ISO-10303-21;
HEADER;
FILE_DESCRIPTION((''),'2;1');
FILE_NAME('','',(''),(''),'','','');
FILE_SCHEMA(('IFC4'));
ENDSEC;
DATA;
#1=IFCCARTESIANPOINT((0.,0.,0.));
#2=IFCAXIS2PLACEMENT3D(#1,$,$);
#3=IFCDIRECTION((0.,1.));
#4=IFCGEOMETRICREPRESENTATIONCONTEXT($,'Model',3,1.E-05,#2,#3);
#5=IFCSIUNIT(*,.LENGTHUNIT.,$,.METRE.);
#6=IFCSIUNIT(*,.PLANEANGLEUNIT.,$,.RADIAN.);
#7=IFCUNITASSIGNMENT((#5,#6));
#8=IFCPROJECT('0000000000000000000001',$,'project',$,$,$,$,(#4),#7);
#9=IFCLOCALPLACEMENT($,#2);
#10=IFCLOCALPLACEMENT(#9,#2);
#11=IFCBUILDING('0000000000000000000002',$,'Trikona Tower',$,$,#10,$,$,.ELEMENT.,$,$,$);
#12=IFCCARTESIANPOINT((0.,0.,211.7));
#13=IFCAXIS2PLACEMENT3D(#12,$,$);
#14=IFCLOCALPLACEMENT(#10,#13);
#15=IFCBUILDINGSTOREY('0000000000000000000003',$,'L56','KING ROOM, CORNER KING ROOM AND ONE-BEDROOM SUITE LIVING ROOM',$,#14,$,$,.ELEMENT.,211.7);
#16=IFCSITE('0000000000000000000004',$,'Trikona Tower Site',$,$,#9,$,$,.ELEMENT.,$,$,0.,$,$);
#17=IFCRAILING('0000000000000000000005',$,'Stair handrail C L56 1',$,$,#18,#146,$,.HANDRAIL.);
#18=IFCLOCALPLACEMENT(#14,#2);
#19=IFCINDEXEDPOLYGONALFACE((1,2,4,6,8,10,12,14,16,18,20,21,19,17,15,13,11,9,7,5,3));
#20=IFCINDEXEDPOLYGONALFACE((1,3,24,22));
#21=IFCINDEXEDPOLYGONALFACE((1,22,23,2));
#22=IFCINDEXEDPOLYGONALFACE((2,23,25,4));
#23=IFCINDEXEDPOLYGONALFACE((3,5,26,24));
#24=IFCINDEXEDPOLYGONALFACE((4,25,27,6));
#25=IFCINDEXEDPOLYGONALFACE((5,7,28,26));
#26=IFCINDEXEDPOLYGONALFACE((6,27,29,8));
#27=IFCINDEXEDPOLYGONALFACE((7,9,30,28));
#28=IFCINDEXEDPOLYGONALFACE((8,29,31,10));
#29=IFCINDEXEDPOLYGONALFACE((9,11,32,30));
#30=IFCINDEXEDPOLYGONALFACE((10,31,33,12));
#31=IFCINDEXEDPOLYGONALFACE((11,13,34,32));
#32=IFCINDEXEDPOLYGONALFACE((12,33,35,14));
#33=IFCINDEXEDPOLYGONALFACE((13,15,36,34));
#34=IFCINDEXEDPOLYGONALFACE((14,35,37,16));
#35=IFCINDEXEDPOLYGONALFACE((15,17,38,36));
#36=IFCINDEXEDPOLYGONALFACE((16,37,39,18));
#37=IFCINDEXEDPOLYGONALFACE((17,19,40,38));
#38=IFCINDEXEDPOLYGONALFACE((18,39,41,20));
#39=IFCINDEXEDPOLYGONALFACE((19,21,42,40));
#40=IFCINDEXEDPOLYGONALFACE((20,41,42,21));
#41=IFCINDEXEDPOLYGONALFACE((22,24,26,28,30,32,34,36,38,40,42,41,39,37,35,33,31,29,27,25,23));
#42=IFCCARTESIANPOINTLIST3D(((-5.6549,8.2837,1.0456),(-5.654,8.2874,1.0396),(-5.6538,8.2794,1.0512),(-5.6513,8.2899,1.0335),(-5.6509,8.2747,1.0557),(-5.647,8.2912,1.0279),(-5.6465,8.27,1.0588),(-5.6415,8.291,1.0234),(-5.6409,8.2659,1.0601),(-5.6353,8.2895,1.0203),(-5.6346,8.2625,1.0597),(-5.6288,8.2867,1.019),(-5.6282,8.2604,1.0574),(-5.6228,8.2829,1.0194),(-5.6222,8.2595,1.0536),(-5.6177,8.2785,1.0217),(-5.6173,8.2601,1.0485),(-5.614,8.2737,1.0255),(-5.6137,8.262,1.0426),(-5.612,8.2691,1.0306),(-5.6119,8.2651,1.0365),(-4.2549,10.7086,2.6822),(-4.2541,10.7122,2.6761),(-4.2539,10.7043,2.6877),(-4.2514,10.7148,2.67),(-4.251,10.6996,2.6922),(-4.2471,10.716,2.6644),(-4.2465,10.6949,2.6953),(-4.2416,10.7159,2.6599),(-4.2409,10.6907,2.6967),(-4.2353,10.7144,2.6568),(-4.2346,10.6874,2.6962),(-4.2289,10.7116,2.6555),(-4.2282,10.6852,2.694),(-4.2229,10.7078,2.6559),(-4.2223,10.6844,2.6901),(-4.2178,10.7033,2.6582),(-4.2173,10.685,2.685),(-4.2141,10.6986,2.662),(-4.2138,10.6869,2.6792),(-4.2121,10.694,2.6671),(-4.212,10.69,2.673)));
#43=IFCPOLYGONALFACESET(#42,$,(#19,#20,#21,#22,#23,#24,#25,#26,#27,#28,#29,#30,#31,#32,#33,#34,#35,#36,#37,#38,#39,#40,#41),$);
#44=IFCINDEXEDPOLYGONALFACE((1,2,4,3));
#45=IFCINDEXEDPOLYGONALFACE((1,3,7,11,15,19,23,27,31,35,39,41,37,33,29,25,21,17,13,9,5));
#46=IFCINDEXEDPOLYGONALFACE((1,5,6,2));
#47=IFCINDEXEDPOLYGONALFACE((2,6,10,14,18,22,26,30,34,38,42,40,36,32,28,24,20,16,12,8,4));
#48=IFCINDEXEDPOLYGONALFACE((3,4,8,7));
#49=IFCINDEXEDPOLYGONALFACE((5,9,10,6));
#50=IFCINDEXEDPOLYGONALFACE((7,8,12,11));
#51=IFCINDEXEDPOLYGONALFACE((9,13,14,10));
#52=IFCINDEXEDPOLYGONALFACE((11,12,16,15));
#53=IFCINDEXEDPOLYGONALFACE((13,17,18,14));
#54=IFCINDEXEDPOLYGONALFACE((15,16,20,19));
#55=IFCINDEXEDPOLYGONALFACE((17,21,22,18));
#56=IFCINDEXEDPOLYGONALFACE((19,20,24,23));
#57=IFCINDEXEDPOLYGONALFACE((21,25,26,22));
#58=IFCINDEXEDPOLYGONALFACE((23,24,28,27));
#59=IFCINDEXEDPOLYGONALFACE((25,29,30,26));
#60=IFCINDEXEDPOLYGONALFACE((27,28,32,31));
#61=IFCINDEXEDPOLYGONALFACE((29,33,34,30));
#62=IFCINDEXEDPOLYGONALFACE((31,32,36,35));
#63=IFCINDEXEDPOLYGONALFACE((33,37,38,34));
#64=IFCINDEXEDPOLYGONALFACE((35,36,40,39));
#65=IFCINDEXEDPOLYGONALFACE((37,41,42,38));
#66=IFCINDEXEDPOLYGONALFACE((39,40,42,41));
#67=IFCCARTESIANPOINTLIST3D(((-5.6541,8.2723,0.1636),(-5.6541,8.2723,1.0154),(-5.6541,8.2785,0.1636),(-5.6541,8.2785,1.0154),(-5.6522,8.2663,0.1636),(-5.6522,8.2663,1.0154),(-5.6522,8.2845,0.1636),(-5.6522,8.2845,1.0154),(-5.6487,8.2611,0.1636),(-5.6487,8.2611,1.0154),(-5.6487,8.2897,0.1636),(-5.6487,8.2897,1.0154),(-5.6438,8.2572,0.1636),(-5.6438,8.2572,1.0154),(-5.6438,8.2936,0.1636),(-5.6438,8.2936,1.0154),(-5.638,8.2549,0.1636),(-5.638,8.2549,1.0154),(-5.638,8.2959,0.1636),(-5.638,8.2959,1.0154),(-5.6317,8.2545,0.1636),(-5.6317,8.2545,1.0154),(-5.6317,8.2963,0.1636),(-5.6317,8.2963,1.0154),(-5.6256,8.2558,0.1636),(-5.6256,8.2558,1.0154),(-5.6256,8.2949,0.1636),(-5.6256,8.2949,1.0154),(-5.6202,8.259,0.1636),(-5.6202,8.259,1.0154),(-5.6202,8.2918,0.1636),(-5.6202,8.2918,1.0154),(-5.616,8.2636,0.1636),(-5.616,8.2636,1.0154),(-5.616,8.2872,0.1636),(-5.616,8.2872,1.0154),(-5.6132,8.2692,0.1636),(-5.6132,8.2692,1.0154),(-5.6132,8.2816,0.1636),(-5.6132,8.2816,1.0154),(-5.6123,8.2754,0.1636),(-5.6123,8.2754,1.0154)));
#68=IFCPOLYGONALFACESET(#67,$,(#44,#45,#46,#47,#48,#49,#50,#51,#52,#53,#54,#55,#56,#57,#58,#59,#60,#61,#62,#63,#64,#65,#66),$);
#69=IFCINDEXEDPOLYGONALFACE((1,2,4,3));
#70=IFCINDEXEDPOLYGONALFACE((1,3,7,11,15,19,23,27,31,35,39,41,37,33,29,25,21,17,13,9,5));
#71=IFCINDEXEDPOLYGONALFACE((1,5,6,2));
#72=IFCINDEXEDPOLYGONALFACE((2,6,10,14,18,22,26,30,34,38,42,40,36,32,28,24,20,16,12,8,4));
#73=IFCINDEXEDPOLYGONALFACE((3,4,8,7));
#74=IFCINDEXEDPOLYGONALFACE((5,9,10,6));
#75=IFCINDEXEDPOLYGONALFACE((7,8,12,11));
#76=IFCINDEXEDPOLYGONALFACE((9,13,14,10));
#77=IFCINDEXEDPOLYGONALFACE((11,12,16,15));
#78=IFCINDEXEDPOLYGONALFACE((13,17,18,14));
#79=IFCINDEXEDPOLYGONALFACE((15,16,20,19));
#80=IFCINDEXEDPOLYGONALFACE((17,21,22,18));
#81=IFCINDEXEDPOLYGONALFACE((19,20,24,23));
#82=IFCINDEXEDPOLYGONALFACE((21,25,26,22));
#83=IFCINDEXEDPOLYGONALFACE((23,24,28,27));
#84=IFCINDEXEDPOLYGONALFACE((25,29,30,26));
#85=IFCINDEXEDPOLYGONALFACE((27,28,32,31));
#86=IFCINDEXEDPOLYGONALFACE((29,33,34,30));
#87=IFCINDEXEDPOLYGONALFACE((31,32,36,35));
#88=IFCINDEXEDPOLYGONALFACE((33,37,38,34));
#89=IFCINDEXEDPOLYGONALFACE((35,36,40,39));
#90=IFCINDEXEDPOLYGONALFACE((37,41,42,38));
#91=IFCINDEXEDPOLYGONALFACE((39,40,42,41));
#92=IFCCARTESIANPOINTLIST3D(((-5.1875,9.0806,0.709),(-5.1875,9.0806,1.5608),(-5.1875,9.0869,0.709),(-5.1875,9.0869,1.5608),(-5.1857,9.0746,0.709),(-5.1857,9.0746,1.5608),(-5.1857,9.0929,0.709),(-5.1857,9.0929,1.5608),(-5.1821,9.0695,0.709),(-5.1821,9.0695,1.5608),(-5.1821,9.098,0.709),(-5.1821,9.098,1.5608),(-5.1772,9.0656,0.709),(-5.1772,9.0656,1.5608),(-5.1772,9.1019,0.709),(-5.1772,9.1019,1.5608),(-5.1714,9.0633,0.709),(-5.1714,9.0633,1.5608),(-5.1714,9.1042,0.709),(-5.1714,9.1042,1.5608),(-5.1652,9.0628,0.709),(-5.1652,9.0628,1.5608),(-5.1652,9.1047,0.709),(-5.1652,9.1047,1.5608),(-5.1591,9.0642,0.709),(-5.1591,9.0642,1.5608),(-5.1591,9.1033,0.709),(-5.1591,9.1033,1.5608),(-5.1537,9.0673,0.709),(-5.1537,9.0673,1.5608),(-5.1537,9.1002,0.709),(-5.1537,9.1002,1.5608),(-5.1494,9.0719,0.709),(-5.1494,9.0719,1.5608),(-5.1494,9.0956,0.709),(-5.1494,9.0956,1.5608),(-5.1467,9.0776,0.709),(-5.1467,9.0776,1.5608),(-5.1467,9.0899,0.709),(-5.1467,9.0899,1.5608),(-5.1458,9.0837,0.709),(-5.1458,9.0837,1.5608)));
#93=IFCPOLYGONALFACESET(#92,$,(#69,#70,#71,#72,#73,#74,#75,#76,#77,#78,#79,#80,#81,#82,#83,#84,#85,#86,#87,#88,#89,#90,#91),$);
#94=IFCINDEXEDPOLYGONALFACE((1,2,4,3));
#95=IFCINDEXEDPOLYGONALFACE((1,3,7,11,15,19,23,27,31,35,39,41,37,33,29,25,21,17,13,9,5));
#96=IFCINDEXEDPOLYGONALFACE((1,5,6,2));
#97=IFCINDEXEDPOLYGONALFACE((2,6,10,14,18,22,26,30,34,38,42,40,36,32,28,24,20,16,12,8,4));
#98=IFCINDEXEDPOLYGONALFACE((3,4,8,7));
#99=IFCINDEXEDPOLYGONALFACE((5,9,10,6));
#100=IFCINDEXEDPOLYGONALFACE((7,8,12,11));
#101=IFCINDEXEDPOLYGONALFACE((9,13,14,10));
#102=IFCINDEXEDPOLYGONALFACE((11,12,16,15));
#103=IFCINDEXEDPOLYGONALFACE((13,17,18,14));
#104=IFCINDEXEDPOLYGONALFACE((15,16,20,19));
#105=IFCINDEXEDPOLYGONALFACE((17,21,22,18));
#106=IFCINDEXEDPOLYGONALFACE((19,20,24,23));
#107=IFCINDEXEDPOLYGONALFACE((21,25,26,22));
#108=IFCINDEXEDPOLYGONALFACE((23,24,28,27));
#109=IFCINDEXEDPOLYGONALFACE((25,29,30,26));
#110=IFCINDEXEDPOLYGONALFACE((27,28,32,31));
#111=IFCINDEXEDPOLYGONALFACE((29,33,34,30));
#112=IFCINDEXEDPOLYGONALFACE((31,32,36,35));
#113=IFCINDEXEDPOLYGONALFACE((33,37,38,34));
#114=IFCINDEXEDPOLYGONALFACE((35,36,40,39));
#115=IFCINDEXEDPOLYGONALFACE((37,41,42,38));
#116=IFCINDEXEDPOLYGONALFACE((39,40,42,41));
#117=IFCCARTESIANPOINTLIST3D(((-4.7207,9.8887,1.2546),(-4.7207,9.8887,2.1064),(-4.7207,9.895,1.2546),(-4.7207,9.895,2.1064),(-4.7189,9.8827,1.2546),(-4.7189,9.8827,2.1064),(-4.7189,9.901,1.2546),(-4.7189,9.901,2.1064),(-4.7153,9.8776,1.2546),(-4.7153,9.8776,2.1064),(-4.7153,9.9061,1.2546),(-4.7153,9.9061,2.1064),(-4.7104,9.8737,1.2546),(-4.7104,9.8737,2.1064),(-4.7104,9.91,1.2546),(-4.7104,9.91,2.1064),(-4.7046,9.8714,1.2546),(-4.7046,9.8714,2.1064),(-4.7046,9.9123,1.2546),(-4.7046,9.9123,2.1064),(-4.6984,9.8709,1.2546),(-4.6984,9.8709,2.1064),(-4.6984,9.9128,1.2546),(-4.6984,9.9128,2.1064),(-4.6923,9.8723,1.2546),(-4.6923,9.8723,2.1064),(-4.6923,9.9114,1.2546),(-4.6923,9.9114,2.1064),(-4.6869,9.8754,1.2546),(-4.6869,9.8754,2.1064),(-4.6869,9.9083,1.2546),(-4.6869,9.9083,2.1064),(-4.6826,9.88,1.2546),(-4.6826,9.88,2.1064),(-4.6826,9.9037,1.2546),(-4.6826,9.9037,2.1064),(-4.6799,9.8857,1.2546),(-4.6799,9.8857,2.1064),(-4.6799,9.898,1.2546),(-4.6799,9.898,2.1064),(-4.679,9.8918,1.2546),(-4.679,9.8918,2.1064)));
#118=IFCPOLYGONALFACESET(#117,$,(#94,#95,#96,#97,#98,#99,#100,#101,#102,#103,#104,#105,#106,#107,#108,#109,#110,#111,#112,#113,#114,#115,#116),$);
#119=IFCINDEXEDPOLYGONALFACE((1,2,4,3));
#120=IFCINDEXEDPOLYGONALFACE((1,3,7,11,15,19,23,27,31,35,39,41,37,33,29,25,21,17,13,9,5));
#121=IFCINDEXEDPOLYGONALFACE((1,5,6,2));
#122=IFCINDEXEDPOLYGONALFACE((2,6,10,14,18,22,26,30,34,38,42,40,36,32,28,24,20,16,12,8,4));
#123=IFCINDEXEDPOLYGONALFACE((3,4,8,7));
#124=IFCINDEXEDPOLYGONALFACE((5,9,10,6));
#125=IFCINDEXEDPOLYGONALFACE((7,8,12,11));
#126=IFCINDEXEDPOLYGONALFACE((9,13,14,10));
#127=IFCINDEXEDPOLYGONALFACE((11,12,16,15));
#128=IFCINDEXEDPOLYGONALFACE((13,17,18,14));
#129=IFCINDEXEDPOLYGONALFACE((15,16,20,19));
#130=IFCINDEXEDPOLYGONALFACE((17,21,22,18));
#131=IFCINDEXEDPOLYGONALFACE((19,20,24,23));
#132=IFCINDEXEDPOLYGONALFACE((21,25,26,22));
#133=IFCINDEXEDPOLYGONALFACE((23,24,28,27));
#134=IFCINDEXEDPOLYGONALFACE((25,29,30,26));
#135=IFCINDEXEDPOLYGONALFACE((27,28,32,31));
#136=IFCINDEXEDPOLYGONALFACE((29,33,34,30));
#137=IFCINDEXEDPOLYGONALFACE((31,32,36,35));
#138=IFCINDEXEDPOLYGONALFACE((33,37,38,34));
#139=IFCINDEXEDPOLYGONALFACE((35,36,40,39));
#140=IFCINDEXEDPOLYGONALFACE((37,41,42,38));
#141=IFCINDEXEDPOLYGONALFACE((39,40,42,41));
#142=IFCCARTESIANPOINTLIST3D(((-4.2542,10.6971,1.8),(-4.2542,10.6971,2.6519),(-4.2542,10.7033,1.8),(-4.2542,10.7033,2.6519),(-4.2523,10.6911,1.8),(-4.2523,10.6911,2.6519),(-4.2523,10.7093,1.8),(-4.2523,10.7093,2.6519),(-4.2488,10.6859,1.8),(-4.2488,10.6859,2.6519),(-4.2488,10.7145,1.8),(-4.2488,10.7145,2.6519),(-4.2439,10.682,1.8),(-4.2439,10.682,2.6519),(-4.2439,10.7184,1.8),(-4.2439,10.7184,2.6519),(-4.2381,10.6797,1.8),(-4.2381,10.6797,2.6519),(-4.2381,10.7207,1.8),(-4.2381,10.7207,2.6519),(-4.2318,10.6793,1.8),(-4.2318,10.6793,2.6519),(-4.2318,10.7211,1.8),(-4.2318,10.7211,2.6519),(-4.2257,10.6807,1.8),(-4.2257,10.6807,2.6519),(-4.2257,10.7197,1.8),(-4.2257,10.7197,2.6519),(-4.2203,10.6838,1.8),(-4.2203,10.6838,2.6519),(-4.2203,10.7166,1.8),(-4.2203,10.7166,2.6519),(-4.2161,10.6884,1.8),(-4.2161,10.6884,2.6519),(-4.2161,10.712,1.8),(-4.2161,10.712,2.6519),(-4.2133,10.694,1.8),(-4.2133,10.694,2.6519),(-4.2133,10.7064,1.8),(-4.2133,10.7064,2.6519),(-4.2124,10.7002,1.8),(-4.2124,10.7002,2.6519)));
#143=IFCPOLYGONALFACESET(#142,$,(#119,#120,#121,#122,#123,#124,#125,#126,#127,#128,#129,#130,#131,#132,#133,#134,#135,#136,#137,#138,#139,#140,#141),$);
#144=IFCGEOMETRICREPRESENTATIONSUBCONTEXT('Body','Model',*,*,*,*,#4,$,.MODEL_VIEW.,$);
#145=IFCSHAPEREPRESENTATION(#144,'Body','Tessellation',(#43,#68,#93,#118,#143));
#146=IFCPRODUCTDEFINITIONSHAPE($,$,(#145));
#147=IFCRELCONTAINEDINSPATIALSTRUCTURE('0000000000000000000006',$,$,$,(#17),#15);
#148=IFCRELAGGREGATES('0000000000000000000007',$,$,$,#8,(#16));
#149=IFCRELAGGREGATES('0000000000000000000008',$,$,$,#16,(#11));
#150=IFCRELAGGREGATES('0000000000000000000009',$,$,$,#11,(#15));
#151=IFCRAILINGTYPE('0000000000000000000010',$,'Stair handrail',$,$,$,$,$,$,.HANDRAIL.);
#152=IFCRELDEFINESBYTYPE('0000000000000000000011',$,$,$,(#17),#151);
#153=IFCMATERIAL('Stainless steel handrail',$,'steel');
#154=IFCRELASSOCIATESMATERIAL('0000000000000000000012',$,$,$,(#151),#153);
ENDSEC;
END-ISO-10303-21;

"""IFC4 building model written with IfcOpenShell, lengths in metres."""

from ifc_helpers import new_model, si_unit, direction, frame, origin, origin_2d, place, context, subcontext, project, spatial, circle, extrude, material, type_object, element, save


model = new_model("IFC4")

# Units and contexts
model_context = context("Model", 3, precision=1e-05, world=origin(), true_north=direction((0.0, 1.0)))
body_context = subcontext(model_context, "Body", "Model", "MODEL_VIEW")
ifc_project = project(units=[si_unit("LENGTHUNIT", "METRE"), si_unit("PLANEANGLEUNIT", "RADIAN")], contexts=[model_context])

# Site, building, storey
site_placement = place(None, origin())
site = spatial("IfcSite", under=ifc_project, at=site_placement, Name="Trikona Tower Site", CompositionType="ELEMENT", RefElevation=0.0)
building_placement = place(site_placement, origin())
building = spatial("IfcBuilding", under=site, at=building_placement, Name="Trikona Tower", CompositionType="ELEMENT")
storey_placement = place(building_placement, frame((0.0, 0.0, 211.7)))
storey = spatial("IfcBuildingStorey", under=building, at=storey_placement, Name="L56", Description="KING ROOM, CORNER KING ROOM AND ONE-BEDROOM SUITE LIVING ROOM", CompositionType="ELEMENT", Elevation=211.7)

# Railing
ifc_material_1 = material(Name="Stainless steel handrail", Category="steel")
railing_type = type_object("IfcRailingType", Name="Stair handrail", PredefinedType="HANDRAIL", material=ifc_material_1)
railing_1_placement = place(storey_placement, frame((-5.6333, 8.2754, 0.1636)))
element("IfcRailing", 1, at=railing_1_placement, inside=storey, type_object=railing_type, Name="Stair handrail C L56 1", PredefinedType="HANDRAIL", context=body_context, shape_type="SweptSolid", body=[
    extrude(circle(Radius=0.0239, at=origin_2d()), frame((0.0, 0.0, 0.876), z_axis=(0.431661, 0.74769, 0.504608), x_axis=(-0.866035, 0.499984, 0.0)), (0.0, 0.0, 1.0), 3.2432),
    extrude(circle(Radius=0.021, at=origin_2d()), origin(), (0.0, 0.0, 1.0), 0.8518),
    extrude(circle(Radius=0.021, at=origin_2d()), frame((0.4666, 0.8083, 0.5454)), (0.0, 0.0, 1.0), 0.8518),
    extrude(circle(Radius=0.021, at=origin_2d()), frame((0.9333, 1.6165, 1.0911)), (0.0, 0.0, 1.0), 0.8518),
    extrude(circle(Radius=0.021, at=origin_2d()), frame((1.3999, 2.4248, 1.6365)), (0.0, 0.0, 1.0), 0.8518),
])

save(model, "model.ifc")
